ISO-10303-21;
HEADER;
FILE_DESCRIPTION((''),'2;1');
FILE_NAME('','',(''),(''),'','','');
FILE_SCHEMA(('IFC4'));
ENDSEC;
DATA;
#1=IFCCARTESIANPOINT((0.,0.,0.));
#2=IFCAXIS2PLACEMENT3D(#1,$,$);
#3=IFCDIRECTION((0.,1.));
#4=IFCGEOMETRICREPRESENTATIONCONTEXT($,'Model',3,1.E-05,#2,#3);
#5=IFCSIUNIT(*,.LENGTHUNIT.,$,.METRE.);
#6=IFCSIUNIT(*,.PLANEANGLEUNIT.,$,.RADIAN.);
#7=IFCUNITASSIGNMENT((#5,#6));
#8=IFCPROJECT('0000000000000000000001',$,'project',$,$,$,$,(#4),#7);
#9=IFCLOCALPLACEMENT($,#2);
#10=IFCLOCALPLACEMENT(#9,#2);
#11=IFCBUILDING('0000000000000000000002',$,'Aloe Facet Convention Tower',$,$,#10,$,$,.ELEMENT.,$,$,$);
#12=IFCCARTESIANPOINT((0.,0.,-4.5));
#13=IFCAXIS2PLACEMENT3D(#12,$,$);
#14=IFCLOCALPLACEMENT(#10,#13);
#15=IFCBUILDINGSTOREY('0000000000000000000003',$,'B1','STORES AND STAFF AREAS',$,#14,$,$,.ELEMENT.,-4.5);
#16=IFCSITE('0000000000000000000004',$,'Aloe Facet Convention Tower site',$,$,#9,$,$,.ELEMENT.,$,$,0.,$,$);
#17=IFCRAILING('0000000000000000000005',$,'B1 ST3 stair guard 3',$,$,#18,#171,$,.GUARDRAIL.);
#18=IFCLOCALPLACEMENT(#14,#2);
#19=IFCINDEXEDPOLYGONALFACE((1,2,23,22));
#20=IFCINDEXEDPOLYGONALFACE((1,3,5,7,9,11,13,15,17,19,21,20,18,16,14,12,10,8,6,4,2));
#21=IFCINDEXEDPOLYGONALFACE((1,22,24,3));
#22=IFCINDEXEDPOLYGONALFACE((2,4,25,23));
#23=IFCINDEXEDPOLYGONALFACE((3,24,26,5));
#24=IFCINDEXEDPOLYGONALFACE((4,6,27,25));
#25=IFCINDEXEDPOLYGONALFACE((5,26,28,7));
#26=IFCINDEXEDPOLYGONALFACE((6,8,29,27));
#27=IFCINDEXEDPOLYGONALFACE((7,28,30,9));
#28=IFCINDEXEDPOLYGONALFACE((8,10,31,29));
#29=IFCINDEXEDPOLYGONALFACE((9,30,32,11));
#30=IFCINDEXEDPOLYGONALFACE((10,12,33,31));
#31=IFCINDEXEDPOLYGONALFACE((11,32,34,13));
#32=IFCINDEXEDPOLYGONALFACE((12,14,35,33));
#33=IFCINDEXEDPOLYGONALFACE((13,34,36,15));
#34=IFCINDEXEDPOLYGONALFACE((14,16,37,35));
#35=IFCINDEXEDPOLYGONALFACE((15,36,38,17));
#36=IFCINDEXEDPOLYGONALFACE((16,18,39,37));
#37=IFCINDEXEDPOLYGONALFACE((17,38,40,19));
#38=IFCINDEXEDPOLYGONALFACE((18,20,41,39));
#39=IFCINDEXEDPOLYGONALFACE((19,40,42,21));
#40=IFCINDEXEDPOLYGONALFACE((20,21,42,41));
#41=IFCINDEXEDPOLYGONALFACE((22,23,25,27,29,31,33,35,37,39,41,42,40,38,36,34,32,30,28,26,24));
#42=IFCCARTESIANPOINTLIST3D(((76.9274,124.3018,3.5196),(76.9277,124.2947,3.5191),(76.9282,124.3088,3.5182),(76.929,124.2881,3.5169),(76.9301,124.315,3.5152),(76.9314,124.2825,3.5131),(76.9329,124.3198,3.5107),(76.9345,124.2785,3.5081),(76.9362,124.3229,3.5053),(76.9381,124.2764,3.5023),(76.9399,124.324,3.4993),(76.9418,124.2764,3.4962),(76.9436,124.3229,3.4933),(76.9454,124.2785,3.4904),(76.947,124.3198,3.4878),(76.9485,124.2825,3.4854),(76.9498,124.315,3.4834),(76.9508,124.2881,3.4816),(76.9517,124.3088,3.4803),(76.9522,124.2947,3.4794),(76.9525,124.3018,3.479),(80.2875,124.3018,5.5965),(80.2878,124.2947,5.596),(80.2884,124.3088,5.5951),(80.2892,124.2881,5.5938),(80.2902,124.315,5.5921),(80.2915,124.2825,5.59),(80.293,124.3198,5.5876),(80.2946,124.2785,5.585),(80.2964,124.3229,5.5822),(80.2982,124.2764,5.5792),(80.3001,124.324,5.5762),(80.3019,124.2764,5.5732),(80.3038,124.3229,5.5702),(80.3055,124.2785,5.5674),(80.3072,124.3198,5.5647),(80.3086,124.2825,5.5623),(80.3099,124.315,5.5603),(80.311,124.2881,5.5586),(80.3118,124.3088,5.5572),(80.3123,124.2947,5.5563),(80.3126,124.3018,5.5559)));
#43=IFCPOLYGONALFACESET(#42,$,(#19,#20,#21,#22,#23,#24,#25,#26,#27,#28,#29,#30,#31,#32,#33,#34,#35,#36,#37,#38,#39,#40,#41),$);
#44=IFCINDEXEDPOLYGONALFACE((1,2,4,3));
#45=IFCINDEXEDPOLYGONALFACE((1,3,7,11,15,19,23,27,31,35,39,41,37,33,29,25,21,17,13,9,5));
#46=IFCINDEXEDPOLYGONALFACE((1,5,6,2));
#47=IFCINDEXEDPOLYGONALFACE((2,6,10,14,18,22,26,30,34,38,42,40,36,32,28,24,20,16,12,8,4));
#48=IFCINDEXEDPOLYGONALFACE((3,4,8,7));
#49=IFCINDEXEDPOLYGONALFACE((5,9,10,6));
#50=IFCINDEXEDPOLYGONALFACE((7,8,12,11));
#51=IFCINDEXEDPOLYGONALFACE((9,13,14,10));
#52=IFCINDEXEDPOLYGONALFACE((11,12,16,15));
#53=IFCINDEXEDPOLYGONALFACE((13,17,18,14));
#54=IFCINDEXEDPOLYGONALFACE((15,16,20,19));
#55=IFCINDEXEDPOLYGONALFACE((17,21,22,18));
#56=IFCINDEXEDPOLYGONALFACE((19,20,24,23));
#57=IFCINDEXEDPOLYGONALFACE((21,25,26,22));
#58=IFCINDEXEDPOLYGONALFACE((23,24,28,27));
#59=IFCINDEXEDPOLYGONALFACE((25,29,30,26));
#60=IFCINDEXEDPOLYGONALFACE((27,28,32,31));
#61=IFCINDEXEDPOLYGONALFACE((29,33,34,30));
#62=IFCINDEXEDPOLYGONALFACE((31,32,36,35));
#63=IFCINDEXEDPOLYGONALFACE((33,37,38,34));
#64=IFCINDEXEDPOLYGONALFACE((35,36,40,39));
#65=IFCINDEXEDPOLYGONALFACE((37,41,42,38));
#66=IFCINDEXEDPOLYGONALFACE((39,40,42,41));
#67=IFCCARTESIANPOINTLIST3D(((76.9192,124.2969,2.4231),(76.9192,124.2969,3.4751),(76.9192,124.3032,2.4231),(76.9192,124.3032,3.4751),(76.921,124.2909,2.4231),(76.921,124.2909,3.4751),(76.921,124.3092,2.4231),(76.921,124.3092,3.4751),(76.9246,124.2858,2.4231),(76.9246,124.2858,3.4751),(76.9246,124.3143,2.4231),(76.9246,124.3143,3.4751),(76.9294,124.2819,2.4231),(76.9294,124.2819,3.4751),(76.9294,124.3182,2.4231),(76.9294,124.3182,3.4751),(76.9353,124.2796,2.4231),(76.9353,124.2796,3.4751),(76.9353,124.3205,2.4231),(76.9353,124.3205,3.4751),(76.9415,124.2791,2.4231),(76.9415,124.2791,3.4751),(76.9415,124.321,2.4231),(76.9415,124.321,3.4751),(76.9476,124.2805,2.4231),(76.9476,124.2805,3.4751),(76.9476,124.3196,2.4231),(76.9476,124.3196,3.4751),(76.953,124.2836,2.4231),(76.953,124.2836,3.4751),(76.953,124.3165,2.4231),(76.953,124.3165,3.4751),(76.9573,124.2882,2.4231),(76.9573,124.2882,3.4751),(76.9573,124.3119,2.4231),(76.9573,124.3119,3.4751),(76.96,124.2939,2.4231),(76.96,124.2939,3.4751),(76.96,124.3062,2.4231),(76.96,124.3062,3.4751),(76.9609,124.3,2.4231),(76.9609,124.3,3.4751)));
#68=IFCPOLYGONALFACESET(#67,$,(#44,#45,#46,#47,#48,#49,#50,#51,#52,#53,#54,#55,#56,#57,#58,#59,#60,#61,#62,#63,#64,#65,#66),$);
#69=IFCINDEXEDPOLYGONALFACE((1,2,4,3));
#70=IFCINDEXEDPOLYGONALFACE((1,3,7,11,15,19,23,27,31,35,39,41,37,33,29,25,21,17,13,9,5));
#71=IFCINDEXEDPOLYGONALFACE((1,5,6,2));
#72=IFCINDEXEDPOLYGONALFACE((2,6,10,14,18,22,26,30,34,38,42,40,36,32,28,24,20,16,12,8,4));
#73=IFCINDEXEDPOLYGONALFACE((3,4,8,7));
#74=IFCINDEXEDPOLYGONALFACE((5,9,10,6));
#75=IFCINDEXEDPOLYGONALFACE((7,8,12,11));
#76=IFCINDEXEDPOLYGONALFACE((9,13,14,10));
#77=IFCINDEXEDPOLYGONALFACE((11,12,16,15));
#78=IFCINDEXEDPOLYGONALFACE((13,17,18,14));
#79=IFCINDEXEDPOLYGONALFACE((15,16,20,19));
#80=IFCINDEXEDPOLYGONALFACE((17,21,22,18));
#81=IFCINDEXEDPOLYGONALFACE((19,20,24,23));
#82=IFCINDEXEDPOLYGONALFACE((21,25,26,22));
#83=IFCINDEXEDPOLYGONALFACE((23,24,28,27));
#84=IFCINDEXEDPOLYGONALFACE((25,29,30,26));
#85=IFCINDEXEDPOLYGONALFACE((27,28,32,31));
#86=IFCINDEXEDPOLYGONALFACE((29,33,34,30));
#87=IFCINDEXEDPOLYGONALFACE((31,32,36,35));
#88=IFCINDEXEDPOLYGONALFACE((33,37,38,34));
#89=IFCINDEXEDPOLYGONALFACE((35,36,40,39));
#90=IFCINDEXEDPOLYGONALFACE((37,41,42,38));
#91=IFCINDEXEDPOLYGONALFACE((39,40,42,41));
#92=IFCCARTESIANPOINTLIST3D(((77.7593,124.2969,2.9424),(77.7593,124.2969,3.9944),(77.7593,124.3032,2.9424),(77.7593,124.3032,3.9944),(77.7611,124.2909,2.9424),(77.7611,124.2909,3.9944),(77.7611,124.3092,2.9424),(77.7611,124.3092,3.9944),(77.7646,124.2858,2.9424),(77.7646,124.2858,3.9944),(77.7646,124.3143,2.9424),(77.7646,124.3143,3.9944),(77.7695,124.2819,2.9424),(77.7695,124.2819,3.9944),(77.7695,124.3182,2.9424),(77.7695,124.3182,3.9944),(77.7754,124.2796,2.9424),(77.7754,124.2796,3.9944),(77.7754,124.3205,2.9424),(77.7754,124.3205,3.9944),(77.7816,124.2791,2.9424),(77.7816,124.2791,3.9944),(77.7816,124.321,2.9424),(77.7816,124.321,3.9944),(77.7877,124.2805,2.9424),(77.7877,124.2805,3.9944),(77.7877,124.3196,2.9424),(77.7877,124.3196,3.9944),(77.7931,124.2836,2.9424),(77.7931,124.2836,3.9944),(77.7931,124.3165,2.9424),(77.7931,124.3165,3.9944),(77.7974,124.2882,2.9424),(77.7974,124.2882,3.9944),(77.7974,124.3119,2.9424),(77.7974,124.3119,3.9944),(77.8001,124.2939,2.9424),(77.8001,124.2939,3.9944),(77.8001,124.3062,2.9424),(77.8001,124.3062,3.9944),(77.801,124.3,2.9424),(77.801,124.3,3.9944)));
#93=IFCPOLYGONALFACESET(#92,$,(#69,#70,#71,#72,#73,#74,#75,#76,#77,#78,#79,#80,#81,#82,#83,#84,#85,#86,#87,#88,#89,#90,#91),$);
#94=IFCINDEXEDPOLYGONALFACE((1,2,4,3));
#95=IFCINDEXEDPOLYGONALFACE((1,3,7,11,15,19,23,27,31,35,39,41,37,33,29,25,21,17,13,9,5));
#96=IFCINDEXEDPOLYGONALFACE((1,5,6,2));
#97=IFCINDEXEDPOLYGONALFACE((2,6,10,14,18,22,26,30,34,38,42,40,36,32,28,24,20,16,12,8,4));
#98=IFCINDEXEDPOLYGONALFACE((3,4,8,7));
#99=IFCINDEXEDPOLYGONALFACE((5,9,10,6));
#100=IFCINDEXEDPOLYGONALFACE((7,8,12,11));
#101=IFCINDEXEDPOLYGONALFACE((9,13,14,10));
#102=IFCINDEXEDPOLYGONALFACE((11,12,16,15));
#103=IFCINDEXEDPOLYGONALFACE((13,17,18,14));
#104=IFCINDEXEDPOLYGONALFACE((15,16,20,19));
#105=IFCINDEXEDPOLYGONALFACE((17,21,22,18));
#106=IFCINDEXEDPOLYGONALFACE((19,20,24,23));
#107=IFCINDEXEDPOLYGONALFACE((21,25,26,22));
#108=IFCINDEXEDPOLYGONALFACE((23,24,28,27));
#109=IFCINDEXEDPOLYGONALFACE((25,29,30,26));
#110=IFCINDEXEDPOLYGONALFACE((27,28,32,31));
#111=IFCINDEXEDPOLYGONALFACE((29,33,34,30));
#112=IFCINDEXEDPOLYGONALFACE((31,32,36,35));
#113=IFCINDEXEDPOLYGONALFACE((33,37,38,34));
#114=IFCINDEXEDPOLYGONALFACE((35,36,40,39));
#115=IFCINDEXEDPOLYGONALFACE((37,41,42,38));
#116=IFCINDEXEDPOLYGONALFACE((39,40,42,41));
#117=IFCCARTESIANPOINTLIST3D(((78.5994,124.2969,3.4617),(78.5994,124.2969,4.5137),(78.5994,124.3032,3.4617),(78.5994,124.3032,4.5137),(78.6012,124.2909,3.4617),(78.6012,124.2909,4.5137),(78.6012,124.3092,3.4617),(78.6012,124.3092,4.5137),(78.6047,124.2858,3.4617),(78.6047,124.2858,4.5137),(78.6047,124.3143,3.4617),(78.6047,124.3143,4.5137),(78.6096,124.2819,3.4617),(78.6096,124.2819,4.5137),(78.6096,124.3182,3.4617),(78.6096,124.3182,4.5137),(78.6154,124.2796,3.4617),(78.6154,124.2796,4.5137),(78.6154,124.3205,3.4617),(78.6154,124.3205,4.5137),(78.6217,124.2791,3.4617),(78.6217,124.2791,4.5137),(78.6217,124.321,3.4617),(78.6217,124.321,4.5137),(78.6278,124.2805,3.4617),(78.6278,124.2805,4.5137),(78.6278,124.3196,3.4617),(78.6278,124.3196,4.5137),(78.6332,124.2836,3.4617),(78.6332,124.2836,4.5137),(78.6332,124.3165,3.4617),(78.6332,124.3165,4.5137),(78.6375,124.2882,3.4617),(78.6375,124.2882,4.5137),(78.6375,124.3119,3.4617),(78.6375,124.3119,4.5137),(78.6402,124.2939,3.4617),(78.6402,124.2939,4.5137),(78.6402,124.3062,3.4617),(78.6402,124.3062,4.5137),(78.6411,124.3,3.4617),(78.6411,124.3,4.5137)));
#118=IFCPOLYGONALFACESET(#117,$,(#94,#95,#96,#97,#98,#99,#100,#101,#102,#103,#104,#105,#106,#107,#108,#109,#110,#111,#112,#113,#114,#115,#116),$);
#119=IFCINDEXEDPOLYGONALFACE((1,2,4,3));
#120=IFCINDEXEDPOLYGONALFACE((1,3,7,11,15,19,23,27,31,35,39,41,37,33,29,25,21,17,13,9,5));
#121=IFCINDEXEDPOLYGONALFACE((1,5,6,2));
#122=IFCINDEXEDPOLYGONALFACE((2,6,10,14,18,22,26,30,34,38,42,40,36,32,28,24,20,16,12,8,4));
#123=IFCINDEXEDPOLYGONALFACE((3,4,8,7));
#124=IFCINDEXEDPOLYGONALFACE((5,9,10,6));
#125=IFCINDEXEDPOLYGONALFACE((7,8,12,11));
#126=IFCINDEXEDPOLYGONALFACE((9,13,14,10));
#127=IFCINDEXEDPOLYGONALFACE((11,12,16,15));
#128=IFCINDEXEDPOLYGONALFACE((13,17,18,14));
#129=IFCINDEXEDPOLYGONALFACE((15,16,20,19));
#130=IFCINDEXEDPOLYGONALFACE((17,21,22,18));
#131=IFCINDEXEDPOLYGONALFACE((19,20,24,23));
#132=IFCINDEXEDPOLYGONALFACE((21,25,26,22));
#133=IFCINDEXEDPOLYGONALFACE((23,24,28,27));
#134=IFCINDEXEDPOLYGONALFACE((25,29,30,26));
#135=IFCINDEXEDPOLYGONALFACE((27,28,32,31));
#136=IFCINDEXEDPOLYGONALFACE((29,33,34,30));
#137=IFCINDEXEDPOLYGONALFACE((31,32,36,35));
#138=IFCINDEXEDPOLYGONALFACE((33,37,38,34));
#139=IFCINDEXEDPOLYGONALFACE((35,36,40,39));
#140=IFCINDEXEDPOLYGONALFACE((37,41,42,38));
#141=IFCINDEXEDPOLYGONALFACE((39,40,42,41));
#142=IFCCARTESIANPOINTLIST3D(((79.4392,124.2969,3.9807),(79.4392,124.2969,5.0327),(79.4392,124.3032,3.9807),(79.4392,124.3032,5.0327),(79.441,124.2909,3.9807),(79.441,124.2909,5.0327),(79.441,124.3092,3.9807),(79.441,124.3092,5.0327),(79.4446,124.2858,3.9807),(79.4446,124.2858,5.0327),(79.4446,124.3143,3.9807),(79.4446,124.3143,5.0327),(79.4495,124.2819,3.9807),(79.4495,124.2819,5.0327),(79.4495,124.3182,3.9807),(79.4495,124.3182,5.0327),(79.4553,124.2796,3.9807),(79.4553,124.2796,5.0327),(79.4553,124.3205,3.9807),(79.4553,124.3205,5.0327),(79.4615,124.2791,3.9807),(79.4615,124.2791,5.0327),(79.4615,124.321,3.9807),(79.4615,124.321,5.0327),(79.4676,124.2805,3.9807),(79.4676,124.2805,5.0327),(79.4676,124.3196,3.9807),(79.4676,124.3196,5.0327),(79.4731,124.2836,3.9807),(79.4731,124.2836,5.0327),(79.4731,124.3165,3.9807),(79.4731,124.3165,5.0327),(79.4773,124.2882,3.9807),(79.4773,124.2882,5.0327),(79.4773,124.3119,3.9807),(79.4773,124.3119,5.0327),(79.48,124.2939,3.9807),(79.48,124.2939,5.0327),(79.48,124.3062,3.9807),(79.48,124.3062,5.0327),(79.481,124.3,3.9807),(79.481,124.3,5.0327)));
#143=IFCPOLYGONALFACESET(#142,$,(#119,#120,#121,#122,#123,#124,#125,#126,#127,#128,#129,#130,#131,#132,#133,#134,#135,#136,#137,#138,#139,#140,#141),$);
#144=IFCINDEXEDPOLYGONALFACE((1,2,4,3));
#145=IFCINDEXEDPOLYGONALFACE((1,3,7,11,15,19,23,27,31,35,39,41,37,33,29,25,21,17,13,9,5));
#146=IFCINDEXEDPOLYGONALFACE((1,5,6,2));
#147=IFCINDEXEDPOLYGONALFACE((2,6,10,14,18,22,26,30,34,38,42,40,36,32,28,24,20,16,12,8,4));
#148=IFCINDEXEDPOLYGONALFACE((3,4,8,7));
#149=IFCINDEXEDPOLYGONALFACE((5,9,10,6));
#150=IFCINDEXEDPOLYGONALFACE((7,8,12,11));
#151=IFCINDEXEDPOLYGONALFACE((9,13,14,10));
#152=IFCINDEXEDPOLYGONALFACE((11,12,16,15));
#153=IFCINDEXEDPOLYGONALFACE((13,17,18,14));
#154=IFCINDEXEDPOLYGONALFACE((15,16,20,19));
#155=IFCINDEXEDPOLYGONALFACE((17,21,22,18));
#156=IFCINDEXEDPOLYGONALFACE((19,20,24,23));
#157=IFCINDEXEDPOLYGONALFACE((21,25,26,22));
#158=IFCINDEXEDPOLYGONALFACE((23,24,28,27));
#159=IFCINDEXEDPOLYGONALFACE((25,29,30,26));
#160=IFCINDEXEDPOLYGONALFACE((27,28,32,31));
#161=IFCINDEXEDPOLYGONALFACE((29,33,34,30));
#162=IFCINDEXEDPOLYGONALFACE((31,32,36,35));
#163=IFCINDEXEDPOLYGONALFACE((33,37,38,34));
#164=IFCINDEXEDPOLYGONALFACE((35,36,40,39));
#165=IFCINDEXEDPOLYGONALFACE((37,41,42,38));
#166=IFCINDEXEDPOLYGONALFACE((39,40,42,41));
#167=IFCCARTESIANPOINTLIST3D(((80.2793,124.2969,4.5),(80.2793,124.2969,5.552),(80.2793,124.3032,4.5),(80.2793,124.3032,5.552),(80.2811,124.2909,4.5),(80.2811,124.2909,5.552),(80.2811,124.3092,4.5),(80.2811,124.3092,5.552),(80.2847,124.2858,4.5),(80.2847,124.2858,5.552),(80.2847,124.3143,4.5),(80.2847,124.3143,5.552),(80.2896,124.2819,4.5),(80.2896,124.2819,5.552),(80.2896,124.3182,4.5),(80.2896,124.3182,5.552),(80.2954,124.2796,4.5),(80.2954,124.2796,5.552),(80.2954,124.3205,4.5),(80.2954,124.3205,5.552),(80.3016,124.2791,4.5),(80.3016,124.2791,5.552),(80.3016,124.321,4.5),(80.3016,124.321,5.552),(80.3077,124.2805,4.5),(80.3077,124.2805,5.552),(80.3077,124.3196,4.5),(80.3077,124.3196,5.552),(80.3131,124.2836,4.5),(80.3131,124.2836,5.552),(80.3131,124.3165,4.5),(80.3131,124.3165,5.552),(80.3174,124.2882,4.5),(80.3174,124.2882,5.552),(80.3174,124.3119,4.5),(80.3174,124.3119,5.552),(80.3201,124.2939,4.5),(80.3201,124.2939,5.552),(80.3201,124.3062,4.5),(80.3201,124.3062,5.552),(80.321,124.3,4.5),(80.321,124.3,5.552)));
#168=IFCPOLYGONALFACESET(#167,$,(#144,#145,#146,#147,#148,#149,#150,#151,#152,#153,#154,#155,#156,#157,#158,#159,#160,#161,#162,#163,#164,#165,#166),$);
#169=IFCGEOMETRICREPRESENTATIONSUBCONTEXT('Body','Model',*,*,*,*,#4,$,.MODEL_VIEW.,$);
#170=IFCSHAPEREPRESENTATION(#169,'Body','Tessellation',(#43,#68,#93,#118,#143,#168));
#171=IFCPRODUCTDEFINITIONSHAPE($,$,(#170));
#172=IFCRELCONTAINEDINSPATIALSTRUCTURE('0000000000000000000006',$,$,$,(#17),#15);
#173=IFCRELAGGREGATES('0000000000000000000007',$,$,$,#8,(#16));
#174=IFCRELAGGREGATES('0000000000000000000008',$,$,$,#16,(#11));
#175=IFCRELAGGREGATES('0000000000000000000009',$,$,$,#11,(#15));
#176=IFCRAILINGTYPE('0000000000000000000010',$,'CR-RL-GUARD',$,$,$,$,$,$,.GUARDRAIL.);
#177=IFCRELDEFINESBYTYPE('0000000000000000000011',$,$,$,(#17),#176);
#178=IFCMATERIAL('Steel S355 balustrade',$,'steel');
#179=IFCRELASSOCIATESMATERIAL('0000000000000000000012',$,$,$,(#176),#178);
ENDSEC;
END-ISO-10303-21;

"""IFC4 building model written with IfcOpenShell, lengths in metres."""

from ifc_helpers import new_model, si_unit, direction, frame, origin, origin_2d, place, context, subcontext, project, spatial, circle, extrude, material, type_object, element, save


model = new_model("IFC4")

# Units and contexts
model_context = context("Model", 3, precision=1e-05, world=origin(), true_north=direction((0.0, 1.0)))
body_context = subcontext(model_context, "Body", "Model", "MODEL_VIEW")
ifc_project = project(units=[si_unit("LENGTHUNIT", "METRE"), si_unit("PLANEANGLEUNIT", "RADIAN")], contexts=[model_context])

# Site, building, storey
site_placement = place(None, origin())
site = spatial("IfcSite", under=ifc_project, at=site_placement, Name="Aloe Facet Convention Tower site", CompositionType="ELEMENT", RefElevation=0.0)
building_placement = place(site_placement, origin())
building = spatial("IfcBuilding", under=site, at=building_placement, Name="Aloe Facet Convention Tower", CompositionType="ELEMENT")
storey_placement = place(building_placement, frame((0.0, 0.0, -4.5)))
storey = spatial("IfcBuildingStorey", under=building, at=storey_placement, Name="B1", Description="STORES AND STAFF AREAS", CompositionType="ELEMENT", Elevation=-4.5)

# Railing
ifc_material_1 = material(Name="Steel S355 balustrade", Category="steel")
railing_type_1 = type_object("IfcRailingType", Name="CR-RL-GUARD", PredefinedType="GUARDRAIL", material=ifc_material_1)
railing_1_placement = place(storey_placement, frame((76.9399, 124.3, 2.4231)))
element("IfcRailing", 1, at=railing_1_placement, inside=storey, type_object=railing_type_1, Name="B1 ST3 stair guard 3", PredefinedType="GUARDRAIL", context=body_context, shape_type="SweptSolid", body=[
    extrude(circle(Radius=0.0239, at=origin_2d()), frame((0.0, 0.0, 1.0762), z_axis=(0.850623, 0.0, 0.525776), x_axis=(0.0, 1.0, 0.0)), (0.0, 0.0, 1.0), 3.9502),
    extrude(circle(Radius=0.021, at=origin_2d()), origin(), (0.0, 0.0, 1.0), 1.052),
    extrude(circle(Radius=0.021, at=origin_2d()), frame((0.8401, 0.0, 0.5193)), (0.0, 0.0, 1.0), 1.052),
    extrude(circle(Radius=0.021, at=origin_2d()), frame((1.6802, 0.0, 1.0386)), (0.0, 0.0, 1.0), 1.052),
    extrude(circle(Radius=0.021, at=origin_2d()), frame((2.52, 0.0, 1.5576)), (0.0, 0.0, 1.0), 1.052),
    extrude(circle(Radius=0.021, at=origin_2d()), frame((3.3601, 0.0, 2.0769)), (0.0, 0.0, 1.0), 1.052),
])

save(model, "model.ifc")
